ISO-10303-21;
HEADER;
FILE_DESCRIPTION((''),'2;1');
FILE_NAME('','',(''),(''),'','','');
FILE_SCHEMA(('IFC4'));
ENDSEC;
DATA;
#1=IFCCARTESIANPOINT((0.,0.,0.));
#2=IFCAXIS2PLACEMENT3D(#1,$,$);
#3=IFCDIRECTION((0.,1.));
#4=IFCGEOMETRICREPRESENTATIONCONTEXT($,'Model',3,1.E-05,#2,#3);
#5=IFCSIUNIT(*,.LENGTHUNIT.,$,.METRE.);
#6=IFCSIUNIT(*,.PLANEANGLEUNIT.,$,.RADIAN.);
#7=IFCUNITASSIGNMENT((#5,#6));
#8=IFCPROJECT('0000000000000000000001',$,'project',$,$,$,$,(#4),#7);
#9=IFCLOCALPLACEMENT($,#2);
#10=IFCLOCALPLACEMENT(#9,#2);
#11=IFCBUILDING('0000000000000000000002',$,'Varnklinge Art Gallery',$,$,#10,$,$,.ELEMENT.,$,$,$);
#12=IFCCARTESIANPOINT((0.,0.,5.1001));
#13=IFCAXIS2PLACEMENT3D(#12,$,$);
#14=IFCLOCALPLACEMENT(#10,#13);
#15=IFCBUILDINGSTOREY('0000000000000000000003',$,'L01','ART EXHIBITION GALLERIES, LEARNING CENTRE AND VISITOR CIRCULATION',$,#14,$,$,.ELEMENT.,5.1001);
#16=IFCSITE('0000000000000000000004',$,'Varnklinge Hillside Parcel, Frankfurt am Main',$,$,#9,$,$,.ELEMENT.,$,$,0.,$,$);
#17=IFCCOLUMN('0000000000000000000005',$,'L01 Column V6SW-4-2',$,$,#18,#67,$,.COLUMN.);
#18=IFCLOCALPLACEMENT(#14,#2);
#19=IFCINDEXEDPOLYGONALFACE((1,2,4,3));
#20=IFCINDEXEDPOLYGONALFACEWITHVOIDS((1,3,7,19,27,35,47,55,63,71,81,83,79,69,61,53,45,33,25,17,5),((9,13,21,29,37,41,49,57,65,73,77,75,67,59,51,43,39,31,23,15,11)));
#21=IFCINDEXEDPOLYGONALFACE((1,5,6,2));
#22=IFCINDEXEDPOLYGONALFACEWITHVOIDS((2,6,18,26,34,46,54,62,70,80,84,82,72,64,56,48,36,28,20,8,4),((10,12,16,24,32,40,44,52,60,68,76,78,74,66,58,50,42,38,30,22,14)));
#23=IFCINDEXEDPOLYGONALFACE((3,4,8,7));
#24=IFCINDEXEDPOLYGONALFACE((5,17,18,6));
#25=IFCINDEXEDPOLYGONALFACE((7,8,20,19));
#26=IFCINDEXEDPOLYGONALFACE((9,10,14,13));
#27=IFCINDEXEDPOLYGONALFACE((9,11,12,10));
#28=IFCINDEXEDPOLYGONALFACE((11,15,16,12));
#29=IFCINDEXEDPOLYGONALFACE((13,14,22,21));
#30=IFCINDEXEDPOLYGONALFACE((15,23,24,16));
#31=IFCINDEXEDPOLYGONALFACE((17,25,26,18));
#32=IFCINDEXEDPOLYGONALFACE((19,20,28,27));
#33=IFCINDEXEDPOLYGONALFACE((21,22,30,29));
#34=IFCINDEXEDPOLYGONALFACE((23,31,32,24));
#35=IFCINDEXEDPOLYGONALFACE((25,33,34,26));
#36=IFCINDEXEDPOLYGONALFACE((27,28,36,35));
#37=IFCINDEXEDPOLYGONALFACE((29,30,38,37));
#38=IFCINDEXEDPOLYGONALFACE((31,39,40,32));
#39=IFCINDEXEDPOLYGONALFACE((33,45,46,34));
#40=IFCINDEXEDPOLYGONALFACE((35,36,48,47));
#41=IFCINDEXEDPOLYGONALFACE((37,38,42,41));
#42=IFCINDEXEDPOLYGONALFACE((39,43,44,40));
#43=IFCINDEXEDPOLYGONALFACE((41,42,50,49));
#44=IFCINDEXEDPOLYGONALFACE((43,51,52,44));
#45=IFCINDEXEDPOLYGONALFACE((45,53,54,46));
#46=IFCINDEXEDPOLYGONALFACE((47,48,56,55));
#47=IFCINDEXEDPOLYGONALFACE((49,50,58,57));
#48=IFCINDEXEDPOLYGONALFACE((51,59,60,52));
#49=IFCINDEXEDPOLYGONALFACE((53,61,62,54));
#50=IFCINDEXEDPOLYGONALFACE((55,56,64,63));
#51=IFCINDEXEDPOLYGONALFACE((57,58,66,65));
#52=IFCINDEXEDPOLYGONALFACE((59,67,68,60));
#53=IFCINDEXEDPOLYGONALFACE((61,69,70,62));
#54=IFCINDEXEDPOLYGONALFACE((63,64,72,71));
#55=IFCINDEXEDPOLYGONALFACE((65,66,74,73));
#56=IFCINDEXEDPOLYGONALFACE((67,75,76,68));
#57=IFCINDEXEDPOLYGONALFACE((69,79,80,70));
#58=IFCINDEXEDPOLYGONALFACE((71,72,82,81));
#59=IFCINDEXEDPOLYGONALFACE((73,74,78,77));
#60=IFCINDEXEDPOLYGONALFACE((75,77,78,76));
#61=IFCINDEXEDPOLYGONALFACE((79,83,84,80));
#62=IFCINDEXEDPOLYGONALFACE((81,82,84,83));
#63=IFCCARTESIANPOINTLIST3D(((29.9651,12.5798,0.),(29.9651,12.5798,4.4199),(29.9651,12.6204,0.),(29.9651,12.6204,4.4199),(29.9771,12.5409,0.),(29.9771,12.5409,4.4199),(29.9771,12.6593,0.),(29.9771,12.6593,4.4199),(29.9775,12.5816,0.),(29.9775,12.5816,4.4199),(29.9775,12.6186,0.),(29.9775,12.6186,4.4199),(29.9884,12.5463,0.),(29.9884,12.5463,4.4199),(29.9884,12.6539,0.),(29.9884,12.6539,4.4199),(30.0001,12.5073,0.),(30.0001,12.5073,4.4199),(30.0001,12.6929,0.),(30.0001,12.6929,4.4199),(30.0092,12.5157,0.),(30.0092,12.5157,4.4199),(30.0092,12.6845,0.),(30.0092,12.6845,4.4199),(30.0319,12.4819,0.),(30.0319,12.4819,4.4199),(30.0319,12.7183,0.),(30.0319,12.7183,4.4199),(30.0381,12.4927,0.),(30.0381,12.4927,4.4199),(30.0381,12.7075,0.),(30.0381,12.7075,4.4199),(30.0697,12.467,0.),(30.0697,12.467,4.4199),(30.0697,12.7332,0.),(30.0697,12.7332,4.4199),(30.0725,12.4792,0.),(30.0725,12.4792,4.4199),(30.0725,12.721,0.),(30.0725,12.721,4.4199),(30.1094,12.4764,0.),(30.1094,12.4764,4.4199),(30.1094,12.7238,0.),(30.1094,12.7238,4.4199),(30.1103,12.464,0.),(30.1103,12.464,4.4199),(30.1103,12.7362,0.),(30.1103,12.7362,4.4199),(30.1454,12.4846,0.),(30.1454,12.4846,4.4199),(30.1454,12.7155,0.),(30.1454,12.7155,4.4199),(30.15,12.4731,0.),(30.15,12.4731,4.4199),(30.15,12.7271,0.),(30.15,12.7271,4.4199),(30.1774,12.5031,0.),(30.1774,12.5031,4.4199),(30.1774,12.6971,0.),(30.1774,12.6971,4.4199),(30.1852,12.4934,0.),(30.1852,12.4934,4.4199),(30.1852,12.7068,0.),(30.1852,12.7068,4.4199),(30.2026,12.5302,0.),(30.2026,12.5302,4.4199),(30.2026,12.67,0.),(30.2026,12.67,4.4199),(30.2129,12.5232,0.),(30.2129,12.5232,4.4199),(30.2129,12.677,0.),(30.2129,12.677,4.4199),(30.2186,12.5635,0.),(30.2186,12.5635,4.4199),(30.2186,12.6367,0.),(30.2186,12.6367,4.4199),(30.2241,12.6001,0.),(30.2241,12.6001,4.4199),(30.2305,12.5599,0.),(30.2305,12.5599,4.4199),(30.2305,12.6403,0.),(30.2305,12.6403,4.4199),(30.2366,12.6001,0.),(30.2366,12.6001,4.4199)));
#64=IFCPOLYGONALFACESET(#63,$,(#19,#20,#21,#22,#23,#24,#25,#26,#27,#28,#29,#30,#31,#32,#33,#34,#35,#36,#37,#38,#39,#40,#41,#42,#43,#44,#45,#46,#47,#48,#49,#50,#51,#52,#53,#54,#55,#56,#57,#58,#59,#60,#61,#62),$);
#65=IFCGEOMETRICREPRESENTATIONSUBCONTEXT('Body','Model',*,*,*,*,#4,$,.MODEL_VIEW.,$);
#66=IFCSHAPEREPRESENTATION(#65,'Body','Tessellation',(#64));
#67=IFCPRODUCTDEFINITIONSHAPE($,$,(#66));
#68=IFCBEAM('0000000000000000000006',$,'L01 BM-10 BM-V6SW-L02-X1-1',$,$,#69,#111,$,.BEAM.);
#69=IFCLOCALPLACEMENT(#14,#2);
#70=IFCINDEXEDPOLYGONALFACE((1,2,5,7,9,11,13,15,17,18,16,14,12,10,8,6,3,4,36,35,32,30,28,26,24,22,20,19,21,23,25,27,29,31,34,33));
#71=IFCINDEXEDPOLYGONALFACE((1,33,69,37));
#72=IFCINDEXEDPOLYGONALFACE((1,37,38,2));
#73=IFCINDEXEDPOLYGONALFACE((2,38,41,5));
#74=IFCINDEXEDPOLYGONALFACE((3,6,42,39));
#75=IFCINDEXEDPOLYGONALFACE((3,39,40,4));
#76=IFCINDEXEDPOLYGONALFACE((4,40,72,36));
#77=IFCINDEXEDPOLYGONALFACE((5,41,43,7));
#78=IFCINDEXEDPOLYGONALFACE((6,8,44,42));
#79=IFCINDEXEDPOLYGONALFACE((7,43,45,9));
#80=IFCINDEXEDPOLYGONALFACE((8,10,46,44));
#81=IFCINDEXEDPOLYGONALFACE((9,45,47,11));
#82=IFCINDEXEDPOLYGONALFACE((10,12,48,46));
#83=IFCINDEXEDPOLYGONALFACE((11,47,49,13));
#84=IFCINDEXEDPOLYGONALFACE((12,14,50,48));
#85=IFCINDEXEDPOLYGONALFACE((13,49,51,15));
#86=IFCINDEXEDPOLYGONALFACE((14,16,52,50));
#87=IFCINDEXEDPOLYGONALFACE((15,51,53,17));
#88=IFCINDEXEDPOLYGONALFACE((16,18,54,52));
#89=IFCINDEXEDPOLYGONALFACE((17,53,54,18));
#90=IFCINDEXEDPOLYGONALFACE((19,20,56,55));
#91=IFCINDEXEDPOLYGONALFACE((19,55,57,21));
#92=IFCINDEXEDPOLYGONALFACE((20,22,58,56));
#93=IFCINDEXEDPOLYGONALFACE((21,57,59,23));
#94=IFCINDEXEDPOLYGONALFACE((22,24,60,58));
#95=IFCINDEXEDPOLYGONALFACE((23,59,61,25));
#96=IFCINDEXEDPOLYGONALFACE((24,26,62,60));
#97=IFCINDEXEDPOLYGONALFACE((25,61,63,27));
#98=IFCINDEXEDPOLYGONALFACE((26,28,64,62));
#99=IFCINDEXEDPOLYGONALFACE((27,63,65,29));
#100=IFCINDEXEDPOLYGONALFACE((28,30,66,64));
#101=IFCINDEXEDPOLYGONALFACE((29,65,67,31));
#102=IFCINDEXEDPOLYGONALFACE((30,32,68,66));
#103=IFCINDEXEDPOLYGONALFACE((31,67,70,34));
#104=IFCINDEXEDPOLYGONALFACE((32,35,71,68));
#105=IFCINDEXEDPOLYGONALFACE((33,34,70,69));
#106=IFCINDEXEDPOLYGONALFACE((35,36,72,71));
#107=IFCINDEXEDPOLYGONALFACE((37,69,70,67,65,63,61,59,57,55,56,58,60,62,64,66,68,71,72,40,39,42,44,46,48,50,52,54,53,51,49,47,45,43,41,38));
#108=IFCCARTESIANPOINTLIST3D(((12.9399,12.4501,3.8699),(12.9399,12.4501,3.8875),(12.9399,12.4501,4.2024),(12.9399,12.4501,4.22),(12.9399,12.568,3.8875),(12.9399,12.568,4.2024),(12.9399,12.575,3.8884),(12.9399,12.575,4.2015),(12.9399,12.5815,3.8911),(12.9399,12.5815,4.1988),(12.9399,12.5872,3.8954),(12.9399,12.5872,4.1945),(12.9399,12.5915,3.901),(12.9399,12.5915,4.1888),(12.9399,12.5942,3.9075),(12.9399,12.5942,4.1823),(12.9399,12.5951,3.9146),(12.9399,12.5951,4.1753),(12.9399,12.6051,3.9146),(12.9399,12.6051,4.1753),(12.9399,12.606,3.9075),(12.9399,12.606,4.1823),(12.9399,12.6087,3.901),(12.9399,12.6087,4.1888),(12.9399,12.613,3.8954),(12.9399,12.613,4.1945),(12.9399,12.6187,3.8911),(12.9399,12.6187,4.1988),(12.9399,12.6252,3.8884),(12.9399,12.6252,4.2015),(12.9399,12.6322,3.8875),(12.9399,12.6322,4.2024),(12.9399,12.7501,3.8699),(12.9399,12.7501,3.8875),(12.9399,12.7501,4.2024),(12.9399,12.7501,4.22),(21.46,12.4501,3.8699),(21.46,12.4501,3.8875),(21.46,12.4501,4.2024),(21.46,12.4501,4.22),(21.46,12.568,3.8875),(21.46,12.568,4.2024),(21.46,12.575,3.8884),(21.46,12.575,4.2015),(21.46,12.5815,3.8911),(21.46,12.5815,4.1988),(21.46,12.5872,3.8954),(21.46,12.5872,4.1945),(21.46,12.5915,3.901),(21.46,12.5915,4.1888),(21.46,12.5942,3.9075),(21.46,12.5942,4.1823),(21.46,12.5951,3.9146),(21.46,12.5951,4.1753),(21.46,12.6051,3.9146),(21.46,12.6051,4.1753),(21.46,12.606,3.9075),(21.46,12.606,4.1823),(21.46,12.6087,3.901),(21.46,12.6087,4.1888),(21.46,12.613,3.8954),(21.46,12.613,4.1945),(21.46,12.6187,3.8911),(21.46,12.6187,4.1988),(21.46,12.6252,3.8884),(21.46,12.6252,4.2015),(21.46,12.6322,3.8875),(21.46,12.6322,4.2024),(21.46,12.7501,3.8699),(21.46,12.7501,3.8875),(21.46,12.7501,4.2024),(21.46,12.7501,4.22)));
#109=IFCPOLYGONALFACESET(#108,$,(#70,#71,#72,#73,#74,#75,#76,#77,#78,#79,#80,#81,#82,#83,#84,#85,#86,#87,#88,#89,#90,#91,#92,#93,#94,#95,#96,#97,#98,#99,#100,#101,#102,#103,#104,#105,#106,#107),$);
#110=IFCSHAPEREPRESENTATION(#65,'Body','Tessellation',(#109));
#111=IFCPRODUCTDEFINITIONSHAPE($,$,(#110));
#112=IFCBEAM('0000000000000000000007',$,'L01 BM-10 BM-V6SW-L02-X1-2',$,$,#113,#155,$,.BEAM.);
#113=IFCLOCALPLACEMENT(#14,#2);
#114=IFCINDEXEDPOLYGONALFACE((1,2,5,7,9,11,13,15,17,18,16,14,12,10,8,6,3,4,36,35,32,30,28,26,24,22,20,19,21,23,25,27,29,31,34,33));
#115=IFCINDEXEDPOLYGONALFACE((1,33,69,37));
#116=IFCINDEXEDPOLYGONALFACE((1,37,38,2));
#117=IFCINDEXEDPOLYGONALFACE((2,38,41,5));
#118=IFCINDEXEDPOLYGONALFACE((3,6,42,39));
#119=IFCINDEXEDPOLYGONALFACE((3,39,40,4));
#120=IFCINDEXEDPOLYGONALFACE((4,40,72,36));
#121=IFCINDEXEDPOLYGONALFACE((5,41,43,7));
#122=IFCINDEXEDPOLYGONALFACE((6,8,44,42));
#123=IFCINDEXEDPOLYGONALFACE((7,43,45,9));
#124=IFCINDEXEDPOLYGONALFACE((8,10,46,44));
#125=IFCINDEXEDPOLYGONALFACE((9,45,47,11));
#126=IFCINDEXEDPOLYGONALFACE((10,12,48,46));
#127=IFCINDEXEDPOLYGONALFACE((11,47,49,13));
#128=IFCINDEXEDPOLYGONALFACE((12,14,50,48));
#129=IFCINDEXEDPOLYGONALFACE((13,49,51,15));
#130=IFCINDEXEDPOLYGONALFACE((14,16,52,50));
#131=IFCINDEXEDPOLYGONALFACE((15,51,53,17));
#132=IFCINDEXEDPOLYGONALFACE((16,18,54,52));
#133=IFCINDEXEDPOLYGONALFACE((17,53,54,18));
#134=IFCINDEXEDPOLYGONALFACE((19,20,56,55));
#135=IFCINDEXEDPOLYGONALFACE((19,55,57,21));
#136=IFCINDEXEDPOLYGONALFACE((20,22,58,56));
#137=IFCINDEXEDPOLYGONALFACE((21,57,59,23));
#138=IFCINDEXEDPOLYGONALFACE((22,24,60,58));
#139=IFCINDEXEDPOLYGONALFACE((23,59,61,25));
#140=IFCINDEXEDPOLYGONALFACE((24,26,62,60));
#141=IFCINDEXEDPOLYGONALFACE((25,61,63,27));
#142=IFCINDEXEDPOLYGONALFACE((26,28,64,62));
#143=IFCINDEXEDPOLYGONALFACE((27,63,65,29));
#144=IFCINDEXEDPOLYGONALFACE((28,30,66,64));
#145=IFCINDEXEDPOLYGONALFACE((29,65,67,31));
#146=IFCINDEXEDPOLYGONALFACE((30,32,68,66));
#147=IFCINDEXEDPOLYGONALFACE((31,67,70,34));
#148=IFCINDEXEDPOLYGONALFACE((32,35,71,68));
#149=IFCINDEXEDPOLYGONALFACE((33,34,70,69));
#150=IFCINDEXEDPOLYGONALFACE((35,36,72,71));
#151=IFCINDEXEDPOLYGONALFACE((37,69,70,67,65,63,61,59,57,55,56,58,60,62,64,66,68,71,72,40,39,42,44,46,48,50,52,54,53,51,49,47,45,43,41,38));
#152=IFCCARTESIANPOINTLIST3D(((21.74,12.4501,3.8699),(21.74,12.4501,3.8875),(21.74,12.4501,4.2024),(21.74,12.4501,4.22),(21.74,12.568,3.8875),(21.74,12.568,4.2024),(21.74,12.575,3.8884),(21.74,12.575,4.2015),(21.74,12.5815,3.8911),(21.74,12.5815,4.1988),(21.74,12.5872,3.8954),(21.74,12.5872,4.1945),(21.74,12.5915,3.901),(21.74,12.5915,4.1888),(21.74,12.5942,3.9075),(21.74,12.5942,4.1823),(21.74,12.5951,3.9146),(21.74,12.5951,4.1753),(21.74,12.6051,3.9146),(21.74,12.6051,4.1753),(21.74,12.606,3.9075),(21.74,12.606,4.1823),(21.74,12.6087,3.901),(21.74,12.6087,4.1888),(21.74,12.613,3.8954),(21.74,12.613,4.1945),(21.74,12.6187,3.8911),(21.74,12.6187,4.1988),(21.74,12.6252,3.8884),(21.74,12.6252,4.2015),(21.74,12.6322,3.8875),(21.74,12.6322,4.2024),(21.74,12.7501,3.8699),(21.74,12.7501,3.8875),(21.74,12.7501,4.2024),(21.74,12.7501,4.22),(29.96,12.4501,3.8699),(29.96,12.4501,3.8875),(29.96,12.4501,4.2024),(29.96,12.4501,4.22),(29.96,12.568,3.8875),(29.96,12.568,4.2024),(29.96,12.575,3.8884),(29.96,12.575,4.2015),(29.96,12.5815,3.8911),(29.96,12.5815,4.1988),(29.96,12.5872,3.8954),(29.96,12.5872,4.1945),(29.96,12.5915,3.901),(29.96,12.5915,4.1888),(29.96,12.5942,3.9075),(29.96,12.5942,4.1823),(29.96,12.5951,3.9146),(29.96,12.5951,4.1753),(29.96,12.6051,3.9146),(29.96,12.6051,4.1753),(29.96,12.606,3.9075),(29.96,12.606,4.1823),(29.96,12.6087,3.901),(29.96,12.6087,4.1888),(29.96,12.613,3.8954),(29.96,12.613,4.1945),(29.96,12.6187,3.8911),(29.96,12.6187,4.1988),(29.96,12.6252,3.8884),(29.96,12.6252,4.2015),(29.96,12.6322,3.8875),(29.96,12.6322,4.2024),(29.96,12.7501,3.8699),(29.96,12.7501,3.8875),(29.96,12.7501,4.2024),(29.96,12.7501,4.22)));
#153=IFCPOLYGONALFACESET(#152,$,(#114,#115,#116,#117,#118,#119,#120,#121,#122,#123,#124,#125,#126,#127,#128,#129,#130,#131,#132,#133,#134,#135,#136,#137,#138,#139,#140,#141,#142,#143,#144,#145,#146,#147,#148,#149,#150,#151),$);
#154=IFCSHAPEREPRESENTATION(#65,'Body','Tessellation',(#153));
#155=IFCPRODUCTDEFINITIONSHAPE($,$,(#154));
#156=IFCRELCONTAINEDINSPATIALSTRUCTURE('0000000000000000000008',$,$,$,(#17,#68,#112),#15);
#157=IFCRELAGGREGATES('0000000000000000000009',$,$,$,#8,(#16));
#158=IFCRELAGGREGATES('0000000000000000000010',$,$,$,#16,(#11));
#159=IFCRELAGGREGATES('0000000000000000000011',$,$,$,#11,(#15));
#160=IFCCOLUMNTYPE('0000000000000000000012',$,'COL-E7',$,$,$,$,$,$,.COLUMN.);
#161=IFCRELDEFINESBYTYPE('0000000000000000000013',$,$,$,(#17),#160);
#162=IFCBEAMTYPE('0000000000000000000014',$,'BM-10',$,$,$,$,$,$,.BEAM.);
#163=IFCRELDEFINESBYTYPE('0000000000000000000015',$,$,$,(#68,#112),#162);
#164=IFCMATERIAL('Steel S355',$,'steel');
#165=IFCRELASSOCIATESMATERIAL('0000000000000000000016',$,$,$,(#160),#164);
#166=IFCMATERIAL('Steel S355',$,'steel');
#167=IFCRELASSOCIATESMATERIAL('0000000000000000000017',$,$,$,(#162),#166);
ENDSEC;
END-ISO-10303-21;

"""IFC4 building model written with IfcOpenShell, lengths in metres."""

from ifc_helpers import new_model, si_unit, direction, frame, origin, origin_2d, place, context, subcontext, project, spatial, hollow_circle, i_section, extrude, material, material_profile, profile_set, type_object, element, save


model = new_model("IFC4")

# Units and contexts
model_context = context("Model", 3, precision=1e-05, world=origin(), true_north=direction((0.0, 1.0)))
body_context = subcontext(model_context, "Body", "Model", "MODEL_VIEW")
ifc_project = project(units=[si_unit("LENGTHUNIT", "METRE"), si_unit("PLANEANGLEUNIT", "RADIAN")], contexts=[model_context])

# Site, building, storey
site_placement = place(None, origin())
site = spatial("IfcSite", under=ifc_project, at=site_placement, Name="Varnklinge Hillside Parcel, Frankfurt am Main", CompositionType="ELEMENT", RefElevation=0.0)
building_placement = place(site_placement, origin())
building = spatial("IfcBuilding", under=site, at=building_placement, Name="Varnklinge Art Gallery", CompositionType="ELEMENT")
storey_placement = place(building_placement, frame((0.0, 0.0, 5.1001)))
storey = spatial("IfcBuildingStorey", under=building, at=storey_placement, Name="L01", Description="ART EXHIBITION GALLERIES, LEARNING CENTRE AND VISITOR CIRCULATION", CompositionType="ELEMENT", Elevation=5.1001)

# Column
ifc_material_1 = material(Name="Steel S355", Category="steel")
ifc_material_profile_1 = material_profile(ifc_material_1, hollow_circle(Radius=0.1365, WallThickness=0.0125, at=origin_2d()), Name="CHS 273x12.5")
ifc_profile_set_1 = profile_set([ifc_material_profile_1], Name="Steel S355")
column_type_1 = type_object("IfcColumnType", Name="COL-E7", PredefinedType="COLUMN", material=ifc_profile_set_1)
for number, where, z_axis, x_axis, name in (
    (1, (30.1001, 12.6001, 0.0), (0.0, 0.0, 1.0), (1.0, 0.0, 0.0), "L01 Column V6SW-4-2"),
):
    element("IfcColumn", number, at=place(storey_placement, frame(where, z_axis=z_axis, x_axis=x_axis)), inside=storey, type_object=column_type_1, Name=name, PredefinedType="COLUMN", context=body_context, shape_type="SweptSolid", body=[
        extrude(hollow_circle(Radius=0.1365, WallThickness=0.0125, at=origin_2d()), origin(), (0.0, 0.0, 1.0), 4.4199),
    ])

# Beams
ifc_material_2 = material(Name="Steel S355", Category="steel")
ifc_material_profile_2 = material_profile(ifc_material_2, i_section(OverallWidth=0.3, OverallDepth=0.3501, WebThickness=0.01, FlangeThickness=0.0176, FilletRadius=0.0271, at=origin_2d()), Name="HEA 360")
ifc_profile_set_2 = profile_set([ifc_material_profile_2], Name="Steel S355")
beam_type_1 = type_object("IfcBeamType", Name="BM-10", PredefinedType="BEAM", material=ifc_profile_set_2)
beam_1_placement = place(storey_placement, frame((12.9399, 12.6001, 4.0449), z_axis=(1.0, 0.0, 0.0), x_axis=(0.0, 1.0, 0.0)))
element("IfcBeam", 2, at=beam_1_placement, inside=storey, type_object=beam_type_1, Name="L01 BM-10 BM-V6SW-L02-X1-1", PredefinedType="BEAM", context=body_context, shape_type="SweptSolid", body=[
    extrude(i_section(OverallWidth=0.3, OverallDepth=0.3501, WebThickness=0.01, FlangeThickness=0.0176, FilletRadius=0.0271, at=origin_2d()), origin(), (0.0, 0.0, 1.0), 8.52),
])
beam_2_placement = place(storey_placement, frame((21.74, 12.6001, 4.0449), z_axis=(1.0, 0.0, 0.0), x_axis=(0.0, 1.0, 0.0)))
element("IfcBeam", 3, at=beam_2_placement, inside=storey, type_object=beam_type_1, Name="L01 BM-10 BM-V6SW-L02-X1-2", PredefinedType="BEAM", context=body_context, shape_type="SweptSolid", body=[
    extrude(i_section(OverallWidth=0.3, OverallDepth=0.3501, WebThickness=0.01, FlangeThickness=0.0176, FilletRadius=0.0271, at=origin_2d()), origin(), (0.0, 0.0, 1.0), 8.22),
])

save(model, "model.ifc")
